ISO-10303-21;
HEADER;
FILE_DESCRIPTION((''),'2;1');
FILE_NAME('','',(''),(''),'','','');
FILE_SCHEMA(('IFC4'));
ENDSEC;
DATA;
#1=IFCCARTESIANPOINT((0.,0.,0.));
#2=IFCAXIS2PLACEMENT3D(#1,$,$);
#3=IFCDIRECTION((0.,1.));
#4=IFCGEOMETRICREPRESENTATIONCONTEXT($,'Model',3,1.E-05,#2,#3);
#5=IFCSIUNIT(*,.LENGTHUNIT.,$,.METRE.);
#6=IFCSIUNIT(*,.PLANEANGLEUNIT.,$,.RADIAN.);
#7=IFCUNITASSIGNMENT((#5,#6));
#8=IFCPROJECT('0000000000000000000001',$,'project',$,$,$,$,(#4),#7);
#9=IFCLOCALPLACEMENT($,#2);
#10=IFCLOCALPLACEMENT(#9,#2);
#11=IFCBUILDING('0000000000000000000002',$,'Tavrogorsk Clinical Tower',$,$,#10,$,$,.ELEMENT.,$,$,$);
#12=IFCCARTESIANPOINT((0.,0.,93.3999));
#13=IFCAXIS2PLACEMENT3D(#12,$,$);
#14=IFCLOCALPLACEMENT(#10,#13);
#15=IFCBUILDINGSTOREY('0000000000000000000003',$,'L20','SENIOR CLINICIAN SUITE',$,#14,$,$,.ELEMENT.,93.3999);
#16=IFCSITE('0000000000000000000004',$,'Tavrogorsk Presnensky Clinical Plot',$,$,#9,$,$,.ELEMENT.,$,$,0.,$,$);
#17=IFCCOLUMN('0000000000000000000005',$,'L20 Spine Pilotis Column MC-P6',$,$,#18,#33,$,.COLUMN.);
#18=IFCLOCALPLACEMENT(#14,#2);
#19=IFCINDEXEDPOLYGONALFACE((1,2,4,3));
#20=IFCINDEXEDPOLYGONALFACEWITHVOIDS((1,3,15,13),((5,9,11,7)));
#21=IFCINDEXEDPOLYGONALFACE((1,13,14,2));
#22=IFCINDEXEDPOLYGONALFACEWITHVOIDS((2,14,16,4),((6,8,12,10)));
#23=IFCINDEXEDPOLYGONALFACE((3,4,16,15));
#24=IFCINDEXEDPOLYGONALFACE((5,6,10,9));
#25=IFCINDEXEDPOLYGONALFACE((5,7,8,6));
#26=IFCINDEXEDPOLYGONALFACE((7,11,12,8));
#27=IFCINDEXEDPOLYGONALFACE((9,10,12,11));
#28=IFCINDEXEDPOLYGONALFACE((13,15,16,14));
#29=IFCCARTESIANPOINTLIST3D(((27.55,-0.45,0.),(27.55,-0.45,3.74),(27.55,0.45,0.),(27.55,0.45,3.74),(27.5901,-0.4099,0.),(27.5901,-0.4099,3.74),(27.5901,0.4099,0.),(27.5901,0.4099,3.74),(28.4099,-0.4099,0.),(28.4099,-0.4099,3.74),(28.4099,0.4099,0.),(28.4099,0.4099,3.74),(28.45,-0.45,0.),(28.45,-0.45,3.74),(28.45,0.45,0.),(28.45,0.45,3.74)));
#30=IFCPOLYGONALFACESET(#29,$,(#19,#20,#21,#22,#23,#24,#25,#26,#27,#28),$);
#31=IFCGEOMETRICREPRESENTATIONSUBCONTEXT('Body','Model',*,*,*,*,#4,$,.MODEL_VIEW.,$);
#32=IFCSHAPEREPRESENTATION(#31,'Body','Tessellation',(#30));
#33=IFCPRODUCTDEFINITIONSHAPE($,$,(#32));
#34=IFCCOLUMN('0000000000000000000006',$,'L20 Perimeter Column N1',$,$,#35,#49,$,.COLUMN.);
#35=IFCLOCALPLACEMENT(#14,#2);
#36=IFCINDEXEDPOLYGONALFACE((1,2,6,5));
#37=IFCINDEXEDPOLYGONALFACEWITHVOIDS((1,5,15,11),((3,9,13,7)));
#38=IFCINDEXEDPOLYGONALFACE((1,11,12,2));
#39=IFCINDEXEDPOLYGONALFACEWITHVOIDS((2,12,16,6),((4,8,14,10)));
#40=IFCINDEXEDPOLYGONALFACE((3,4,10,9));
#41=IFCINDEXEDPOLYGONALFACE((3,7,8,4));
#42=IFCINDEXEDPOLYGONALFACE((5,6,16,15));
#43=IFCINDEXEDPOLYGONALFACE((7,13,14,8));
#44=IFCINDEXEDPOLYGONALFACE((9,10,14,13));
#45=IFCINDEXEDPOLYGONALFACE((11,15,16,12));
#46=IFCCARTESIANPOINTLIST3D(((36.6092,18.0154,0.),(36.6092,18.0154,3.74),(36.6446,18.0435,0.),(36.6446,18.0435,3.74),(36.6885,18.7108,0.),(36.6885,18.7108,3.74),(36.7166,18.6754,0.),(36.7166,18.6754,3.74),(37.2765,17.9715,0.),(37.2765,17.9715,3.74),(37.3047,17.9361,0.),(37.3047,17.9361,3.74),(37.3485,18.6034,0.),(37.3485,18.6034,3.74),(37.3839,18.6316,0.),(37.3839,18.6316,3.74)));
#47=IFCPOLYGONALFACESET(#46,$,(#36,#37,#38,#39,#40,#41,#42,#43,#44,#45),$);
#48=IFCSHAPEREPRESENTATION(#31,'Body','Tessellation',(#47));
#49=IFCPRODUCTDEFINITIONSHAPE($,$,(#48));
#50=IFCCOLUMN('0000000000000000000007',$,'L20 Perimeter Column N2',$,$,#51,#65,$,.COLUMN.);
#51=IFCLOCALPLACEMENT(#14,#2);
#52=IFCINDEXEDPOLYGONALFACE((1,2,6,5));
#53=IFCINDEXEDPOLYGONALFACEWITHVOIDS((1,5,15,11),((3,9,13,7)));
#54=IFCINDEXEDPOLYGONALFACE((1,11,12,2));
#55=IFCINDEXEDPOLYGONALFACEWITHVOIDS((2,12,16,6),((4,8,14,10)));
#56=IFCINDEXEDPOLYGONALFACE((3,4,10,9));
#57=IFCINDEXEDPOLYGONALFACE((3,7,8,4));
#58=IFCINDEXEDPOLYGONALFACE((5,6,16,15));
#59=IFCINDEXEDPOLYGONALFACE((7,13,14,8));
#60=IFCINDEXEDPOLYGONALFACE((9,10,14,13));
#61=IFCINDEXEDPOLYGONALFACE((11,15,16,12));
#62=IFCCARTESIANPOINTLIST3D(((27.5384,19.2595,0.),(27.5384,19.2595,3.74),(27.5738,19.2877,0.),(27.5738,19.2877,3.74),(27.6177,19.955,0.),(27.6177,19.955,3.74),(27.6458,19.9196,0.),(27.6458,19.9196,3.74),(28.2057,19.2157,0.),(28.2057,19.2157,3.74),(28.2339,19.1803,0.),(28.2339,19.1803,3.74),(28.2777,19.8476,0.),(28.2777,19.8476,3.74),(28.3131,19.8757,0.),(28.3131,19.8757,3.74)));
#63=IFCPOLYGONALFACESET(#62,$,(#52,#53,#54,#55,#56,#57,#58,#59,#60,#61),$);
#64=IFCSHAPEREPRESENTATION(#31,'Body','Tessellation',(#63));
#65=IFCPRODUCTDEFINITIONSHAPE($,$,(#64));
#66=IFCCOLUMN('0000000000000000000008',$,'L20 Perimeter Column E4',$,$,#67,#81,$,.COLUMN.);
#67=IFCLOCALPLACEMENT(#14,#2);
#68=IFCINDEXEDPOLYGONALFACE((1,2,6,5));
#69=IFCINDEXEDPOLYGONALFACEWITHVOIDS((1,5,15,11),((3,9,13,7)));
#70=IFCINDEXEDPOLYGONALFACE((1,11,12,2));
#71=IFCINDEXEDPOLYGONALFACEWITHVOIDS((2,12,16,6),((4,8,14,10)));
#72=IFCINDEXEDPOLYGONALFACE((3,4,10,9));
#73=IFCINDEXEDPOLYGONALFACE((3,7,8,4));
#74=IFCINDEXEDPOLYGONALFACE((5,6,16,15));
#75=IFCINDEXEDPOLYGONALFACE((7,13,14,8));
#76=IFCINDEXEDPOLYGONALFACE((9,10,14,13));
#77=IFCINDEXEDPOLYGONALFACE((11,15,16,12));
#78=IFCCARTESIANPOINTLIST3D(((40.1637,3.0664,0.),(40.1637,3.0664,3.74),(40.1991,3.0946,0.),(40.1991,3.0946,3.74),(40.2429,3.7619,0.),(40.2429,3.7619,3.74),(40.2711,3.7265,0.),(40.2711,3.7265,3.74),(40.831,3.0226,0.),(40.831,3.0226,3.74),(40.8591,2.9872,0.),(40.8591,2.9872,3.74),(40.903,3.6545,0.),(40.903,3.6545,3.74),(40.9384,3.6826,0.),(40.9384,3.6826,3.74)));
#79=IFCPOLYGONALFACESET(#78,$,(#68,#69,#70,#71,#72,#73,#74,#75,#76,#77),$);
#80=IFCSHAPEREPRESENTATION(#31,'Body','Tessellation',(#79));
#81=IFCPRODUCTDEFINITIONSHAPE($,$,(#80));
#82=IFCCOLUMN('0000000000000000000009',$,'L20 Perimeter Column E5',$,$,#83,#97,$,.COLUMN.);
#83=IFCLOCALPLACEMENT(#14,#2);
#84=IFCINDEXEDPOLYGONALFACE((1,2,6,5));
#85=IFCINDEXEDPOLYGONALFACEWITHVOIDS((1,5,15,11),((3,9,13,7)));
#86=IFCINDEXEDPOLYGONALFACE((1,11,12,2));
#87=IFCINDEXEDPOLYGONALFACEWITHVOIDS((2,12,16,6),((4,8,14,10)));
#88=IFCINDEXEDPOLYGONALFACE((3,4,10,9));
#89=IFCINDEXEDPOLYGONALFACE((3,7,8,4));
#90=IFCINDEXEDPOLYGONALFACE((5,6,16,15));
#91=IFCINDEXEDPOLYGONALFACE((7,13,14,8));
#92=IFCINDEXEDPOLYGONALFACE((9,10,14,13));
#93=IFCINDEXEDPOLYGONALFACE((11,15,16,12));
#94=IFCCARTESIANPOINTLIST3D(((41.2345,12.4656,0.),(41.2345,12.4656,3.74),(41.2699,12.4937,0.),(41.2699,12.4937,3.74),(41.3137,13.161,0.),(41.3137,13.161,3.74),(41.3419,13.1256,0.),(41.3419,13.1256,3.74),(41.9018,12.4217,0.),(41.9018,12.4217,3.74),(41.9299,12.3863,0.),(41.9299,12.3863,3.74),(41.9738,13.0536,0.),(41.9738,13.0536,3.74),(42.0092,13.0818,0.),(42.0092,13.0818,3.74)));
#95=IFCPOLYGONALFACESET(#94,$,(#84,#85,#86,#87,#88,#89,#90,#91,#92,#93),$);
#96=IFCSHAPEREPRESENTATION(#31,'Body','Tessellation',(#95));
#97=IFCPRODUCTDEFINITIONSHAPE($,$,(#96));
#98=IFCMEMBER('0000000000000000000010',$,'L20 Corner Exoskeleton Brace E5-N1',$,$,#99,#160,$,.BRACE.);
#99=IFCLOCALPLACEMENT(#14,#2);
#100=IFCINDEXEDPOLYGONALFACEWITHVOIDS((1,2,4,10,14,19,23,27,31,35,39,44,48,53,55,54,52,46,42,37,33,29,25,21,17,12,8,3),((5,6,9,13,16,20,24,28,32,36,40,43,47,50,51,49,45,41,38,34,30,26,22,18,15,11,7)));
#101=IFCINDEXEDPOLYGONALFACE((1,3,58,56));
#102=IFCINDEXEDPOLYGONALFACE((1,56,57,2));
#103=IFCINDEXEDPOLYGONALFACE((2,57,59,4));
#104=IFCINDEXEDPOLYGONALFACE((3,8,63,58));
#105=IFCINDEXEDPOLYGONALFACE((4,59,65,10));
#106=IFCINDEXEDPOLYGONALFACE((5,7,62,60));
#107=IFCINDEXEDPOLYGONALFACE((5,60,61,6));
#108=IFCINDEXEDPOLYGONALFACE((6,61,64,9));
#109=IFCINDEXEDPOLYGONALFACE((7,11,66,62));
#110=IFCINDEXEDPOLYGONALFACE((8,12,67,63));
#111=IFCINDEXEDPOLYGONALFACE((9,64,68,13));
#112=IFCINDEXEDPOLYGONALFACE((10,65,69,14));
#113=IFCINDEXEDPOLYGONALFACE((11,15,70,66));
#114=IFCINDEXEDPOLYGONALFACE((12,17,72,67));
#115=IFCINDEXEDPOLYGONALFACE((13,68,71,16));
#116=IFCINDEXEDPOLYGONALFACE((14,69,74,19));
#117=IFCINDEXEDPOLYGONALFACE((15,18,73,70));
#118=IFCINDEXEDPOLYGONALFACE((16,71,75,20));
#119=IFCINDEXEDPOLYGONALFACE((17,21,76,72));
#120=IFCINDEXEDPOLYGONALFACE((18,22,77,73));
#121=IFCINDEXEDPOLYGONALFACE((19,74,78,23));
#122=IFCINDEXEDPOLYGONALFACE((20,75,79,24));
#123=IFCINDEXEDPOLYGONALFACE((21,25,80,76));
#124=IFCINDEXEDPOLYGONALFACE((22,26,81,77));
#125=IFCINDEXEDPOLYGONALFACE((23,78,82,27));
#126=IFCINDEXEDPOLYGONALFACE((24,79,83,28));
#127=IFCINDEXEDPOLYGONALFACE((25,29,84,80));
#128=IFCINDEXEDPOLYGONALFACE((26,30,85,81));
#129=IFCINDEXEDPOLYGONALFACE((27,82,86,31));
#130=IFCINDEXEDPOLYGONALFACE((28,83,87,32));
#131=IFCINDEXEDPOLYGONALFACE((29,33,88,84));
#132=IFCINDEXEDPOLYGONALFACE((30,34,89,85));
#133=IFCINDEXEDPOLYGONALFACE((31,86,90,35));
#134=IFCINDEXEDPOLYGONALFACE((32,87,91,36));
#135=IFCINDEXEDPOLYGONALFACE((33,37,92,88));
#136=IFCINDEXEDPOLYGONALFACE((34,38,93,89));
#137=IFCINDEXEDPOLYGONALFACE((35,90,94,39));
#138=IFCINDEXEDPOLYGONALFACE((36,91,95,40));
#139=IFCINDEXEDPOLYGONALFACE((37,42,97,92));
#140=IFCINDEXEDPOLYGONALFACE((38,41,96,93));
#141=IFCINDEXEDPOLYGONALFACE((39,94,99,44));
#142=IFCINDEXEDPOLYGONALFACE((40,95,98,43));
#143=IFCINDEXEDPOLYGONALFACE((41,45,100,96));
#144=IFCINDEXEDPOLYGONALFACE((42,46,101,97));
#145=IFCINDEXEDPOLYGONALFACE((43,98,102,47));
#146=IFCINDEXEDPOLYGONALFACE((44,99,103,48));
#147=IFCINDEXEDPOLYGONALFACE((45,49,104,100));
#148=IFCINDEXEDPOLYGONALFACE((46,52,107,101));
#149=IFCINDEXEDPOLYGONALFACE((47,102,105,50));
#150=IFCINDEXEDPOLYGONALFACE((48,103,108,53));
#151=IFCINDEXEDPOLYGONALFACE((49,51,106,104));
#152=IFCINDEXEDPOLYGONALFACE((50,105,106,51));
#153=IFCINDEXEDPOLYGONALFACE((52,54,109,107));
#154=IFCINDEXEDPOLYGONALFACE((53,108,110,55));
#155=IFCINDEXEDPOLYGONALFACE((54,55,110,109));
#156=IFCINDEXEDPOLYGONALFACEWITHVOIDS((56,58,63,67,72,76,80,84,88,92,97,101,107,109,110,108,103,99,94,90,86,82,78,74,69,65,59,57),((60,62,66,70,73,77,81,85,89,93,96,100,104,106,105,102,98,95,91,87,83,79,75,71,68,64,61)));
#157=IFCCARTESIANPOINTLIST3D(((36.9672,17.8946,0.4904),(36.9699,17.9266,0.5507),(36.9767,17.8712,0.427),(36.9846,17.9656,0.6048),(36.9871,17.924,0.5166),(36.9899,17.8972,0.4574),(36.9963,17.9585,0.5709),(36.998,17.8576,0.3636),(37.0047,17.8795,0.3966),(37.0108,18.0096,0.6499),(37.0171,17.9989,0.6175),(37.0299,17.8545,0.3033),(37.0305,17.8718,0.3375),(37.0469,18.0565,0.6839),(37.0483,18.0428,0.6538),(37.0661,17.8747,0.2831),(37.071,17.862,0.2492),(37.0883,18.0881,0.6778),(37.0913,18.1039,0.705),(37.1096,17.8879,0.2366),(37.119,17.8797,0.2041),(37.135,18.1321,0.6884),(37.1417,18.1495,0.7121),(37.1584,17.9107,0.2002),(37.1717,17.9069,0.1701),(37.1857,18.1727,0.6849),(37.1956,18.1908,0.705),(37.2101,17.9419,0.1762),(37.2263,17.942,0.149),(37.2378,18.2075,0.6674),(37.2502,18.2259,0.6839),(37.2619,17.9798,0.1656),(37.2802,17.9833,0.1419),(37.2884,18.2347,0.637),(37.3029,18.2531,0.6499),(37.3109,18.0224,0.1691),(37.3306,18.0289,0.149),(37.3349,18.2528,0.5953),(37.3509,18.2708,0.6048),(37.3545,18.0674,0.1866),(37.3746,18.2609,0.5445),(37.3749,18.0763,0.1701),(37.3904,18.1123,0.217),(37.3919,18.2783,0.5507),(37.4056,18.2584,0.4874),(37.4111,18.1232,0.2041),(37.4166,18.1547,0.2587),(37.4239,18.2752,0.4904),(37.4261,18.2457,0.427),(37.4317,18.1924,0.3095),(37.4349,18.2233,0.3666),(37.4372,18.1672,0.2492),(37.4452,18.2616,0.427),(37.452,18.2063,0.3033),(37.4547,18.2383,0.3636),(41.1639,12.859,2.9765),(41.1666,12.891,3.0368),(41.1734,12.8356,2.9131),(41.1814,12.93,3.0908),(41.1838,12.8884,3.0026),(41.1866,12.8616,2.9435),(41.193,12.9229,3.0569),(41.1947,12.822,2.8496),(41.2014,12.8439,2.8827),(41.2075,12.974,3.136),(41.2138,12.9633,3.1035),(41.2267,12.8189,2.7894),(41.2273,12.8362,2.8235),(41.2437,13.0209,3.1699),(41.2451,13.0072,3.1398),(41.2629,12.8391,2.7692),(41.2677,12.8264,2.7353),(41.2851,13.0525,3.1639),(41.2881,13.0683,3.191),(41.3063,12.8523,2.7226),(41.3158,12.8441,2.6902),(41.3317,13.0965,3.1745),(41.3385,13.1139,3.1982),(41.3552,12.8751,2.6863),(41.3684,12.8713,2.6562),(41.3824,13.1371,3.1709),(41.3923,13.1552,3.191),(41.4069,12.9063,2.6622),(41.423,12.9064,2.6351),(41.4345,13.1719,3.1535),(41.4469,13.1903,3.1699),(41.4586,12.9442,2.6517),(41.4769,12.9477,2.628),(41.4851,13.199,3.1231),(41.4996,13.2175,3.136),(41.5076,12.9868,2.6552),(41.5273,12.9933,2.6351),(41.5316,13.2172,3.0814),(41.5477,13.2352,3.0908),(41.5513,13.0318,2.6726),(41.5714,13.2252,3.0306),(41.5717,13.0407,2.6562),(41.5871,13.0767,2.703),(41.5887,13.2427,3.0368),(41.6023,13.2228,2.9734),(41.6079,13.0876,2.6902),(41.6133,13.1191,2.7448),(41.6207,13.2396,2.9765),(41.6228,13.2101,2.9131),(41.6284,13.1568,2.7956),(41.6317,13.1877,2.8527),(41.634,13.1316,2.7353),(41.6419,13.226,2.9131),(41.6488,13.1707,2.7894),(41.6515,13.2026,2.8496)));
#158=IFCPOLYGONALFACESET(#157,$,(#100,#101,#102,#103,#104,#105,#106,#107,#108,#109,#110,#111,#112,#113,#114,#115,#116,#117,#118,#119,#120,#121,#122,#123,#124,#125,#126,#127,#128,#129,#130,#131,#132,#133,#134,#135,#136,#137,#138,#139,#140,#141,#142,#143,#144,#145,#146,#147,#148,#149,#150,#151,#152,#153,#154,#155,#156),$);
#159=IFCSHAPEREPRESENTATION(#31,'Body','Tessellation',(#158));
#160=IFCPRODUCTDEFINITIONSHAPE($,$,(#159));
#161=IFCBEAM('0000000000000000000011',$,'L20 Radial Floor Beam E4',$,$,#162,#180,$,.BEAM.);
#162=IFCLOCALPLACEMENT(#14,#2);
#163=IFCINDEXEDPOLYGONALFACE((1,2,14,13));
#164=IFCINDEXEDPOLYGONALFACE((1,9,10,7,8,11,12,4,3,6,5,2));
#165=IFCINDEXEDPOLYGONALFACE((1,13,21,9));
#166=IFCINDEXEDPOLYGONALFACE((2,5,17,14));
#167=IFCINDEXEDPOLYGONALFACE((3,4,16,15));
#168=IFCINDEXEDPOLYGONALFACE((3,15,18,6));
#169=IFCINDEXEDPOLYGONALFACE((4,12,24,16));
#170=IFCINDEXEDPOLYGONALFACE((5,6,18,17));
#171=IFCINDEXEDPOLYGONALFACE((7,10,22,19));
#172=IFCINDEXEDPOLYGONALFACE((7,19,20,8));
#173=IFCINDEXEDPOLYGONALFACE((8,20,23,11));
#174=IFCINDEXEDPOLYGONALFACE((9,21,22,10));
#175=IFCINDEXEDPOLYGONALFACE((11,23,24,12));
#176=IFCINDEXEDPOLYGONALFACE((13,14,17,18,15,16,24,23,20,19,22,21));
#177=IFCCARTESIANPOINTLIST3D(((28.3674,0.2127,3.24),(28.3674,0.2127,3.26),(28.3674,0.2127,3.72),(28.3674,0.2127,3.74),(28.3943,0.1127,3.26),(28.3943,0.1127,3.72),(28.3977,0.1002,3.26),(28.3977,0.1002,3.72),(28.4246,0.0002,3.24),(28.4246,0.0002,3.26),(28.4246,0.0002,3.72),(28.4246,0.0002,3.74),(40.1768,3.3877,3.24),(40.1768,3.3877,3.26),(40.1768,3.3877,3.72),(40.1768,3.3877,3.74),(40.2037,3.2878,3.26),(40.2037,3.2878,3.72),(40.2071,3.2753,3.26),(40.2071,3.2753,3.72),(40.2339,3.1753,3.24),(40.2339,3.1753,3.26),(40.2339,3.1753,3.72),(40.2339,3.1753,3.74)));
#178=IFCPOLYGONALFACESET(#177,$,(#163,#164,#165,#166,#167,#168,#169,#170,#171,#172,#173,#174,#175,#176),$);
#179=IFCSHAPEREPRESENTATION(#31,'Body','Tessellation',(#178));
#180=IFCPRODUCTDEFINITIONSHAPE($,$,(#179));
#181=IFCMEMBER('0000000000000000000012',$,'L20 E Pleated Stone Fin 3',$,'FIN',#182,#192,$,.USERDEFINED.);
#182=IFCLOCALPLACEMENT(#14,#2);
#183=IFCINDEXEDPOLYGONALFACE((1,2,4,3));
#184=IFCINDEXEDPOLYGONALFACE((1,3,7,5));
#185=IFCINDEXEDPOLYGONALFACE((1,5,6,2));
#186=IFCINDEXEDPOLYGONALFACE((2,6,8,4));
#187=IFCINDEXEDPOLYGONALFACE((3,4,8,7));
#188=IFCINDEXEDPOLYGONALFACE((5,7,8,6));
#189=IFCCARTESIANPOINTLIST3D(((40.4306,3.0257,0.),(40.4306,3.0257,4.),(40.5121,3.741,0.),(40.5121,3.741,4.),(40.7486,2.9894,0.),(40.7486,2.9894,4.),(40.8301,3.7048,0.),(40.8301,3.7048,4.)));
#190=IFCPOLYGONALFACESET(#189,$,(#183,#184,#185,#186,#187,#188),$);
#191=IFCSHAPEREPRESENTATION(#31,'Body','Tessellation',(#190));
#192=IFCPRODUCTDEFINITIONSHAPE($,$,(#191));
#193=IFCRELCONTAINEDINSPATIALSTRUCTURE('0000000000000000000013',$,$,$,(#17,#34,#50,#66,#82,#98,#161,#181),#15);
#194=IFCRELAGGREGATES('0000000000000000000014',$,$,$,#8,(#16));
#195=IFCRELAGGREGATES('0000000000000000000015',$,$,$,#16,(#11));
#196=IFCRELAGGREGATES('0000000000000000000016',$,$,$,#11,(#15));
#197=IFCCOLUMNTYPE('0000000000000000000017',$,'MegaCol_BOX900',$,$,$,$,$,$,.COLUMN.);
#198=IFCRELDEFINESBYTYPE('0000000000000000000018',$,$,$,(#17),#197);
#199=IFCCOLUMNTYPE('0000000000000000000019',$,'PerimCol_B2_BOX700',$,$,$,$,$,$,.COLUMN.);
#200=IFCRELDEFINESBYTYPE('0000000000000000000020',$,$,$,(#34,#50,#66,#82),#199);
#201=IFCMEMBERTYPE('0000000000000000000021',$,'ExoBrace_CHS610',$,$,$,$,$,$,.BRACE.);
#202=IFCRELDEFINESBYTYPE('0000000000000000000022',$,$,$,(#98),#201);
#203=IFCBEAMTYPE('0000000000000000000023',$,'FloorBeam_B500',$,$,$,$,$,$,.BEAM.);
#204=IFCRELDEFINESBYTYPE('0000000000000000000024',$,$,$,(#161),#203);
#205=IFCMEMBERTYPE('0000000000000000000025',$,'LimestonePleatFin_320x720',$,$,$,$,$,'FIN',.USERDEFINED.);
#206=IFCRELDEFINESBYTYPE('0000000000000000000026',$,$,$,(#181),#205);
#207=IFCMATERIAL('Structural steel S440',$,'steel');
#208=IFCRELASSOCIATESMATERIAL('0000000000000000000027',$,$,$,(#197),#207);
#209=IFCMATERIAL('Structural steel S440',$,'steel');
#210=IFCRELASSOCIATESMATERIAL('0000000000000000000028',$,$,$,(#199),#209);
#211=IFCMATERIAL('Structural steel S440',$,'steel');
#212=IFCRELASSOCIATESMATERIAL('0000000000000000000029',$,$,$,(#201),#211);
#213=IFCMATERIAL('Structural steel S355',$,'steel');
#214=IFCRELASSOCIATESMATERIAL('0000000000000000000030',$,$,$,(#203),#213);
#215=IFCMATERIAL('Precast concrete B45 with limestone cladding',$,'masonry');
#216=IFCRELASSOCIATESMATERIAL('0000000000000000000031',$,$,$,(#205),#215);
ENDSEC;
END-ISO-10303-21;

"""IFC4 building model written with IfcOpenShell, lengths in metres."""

from ifc_helpers import new_model, si_unit, direction, frame, origin, origin_2d, place, context, subcontext, project, spatial, rectangle, hollow_rectangle, hollow_circle, i_section, extrude, material, material_profile, profile_set, type_object, element, save


model = new_model("IFC4")

# Units and contexts
model_context = context("Model", 3, precision=1e-05, world=origin(), true_north=direction((0.0, 1.0)))
body_context = subcontext(model_context, "Body", "Model", "MODEL_VIEW")
ifc_project = project(units=[si_unit("LENGTHUNIT", "METRE"), si_unit("PLANEANGLEUNIT", "RADIAN")], contexts=[model_context])

# Site, building, storey
site_placement = place(None, origin())
site = spatial("IfcSite", under=ifc_project, at=site_placement, Name="Tavrogorsk Presnensky Clinical Plot", CompositionType="ELEMENT", RefElevation=0.0)
building_placement = place(site_placement, origin())
building = spatial("IfcBuilding", under=site, at=building_placement, Name="Tavrogorsk Clinical Tower", CompositionType="ELEMENT")
storey_placement = place(building_placement, frame((0.0, 0.0, 93.3999)))
storey = spatial("IfcBuildingStorey", under=building, at=storey_placement, Name="L20", Description="SENIOR CLINICIAN SUITE", CompositionType="ELEMENT", Elevation=93.3999)

# Columns
ifc_material_1 = material(Name="Structural steel S440", Category="steel")
ifc_material_profile_1 = material_profile(ifc_material_1, hollow_rectangle(XDim=0.8999, YDim=0.8999, WallThickness=0.04, at=origin_2d()), Name="BOX-900x900x40")
ifc_profile_set_1 = profile_set([ifc_material_profile_1], Name="Structural steel S440")
column_type_1 = type_object("IfcColumnType", Name="MegaCol_BOX900", PredefinedType="COLUMN", material=ifc_profile_set_1)
column_placement = place(storey_placement, frame((28.0, 0.0, 0.0), z_axis=(0.0, 0.0, 1.0), x_axis=(1.0, 0.0, 0.0)))
element("IfcColumn", 1, at=column_placement, inside=storey, type_object=column_type_1, Name="L20 Spine Pilotis Column MC-P6", PredefinedType="COLUMN", context=body_context, shape_type="SweptSolid", body=[
    extrude(hollow_rectangle(XDim=0.8999, YDim=0.8999, WallThickness=0.04, at=origin_2d()), origin(), (0.0, 0.0, 1.0), 3.74),
])
ifc_material_2 = material(Name="Structural steel S440", Category="steel")
ifc_material_profile_2 = material_profile(ifc_material_2, hollow_rectangle(XDim=0.7, YDim=0.7, WallThickness=0.032, at=origin_2d()), Name="BOX-700x700x32")
ifc_profile_set_2 = profile_set([ifc_material_profile_2], Name="Structural steel S440")
column_type_2 = type_object("IfcColumnType", Name="PerimCol_B2_BOX700", PredefinedType="COLUMN", material=ifc_profile_set_2)
for number, where, z_axis, x_axis, name in (
    (2, (36.9966, 18.3235, 0.0), (0.0, 0.0, 1.0), (0.993572, -0.113203, 0.0), "L20 Perimeter Column N1"),
    (3, (27.9258, 19.5676, 0.0), (0.0, 0.0, 1.0), (0.993572, -0.113203, 0.0), "L20 Perimeter Column N2"),
    (4, (40.551, 3.3745, 0.0), (0.0, 0.0, 1.0), (0.993572, -0.113203, 0.0), "L20 Perimeter Column E4"),
    (5, (41.6218, 12.7737, 0.0), (0.0, 0.0, 1.0), (0.993572, -0.113203, 0.0), "L20 Perimeter Column E5"),
):
    element("IfcColumn", number, at=place(storey_placement, frame(where, z_axis=z_axis, x_axis=x_axis)), inside=storey, type_object=column_type_2, Name=name, PredefinedType="COLUMN", context=body_context, shape_type="SweptSolid", body=[
        extrude(hollow_rectangle(XDim=0.7, YDim=0.7, WallThickness=0.032, at=origin_2d()), origin(), (0.0, 0.0, 1.0), 3.74),
    ])

# Member
ifc_material_3 = material(Name="Structural steel S440", Category="steel")
ifc_material_profile_3 = material_profile(ifc_material_3, hollow_circle(Radius=0.3049, WallThickness=0.0249, at=origin_2d()), Name="CHS-610x25")
ifc_profile_set_3 = profile_set([ifc_material_profile_3], Name="Structural steel S440")
member_type_1 = type_object("IfcMemberType", Name="ExoBrace_CHS610", PredefinedType="BRACE", material=ifc_profile_set_3)
member_placement = place(storey_placement, frame((37.2109, 18.0664, 0.427), z_axis=(0.598616, -0.71827, 0.354608), x_axis=(0.768191, 0.640221, 0.0)))
element("IfcMember", 6, at=member_placement, inside=storey, type_object=member_type_1, Name="L20 Corner Exoskeleton Brace E5-N1", PredefinedType="BRACE", context=body_context, shape_type="SweptSolid", body=[
    extrude(hollow_circle(Radius=0.3049, WallThickness=0.0249, at=origin_2d()), origin(), (0.0, 0.0, 1.0), 7.0107),
])

# Beam
ifc_material_4 = material(Name="Structural steel S355", Category="steel")
ifc_material_profile_4 = material_profile(ifc_material_4, i_section(OverallWidth=0.22, OverallDepth=0.5, WebThickness=0.0129, FlangeThickness=0.02, at=origin_2d()), Name="B-500x220x13x20")
ifc_profile_set_4 = profile_set([ifc_material_profile_4], Name="Structural steel S355")
beam_type_1 = type_object("IfcBeamType", Name="FloorBeam_B500", PredefinedType="BEAM", material=ifc_profile_set_4)
beam_1_placement = place(storey_placement, frame((28.396, 0.1064, 3.49), z_axis=(0.965706, 0.259639, 0.0), x_axis=(-0.259639, 0.965706, 0.0)))
element("IfcBeam", 7, at=beam_1_placement, inside=storey, type_object=beam_type_1, Name="L20 Radial Floor Beam E4", PredefinedType="BEAM", context=body_context, shape_type="SweptSolid", body=[
    extrude(i_section(OverallWidth=0.22, OverallDepth=0.5, WebThickness=0.0129, FlangeThickness=0.02, at=origin_2d()), origin(), (0.0, 0.0, 1.0), 12.2288),
])

# Member
ifc_material_5 = material(Name="Precast concrete B45 with limestone cladding", Category="masonry")
ifc_material_profile_5 = material_profile(ifc_material_5, rectangle(XDim=0.3201, YDim=0.72, at=origin_2d()), Name="LIMESTONE-FIN-320x720")
ifc_profile_set_5 = profile_set([ifc_material_profile_5], Name="Precast concrete B45 with limestone cladding")
member_type_2 = type_object("IfcMemberType", Name="LimestonePleatFin_320x720", ElementType="FIN", PredefinedType="USERDEFINED", material=ifc_profile_set_5)
for number, where, z_axis, x_axis, name in (
    (8, (40.6304, 3.3652, 0.0), (0.0, 0.0, 1.0), (0.993572, -0.113203, 0.0), "L20 E Pleated Stone Fin 3"),
):
    element("IfcMember", number, at=place(storey_placement, frame(where, z_axis=z_axis, x_axis=x_axis)), inside=storey, type_object=member_type_2, Name=name, ObjectType="FIN", PredefinedType="USERDEFINED", context=body_context, shape_type="SweptSolid", body=[
        extrude(rectangle(XDim=0.3201, YDim=0.72, at=origin_2d()), origin(), (0.0, 0.0, 1.0), 4.0),
    ])

save(model, "model.ifc")
